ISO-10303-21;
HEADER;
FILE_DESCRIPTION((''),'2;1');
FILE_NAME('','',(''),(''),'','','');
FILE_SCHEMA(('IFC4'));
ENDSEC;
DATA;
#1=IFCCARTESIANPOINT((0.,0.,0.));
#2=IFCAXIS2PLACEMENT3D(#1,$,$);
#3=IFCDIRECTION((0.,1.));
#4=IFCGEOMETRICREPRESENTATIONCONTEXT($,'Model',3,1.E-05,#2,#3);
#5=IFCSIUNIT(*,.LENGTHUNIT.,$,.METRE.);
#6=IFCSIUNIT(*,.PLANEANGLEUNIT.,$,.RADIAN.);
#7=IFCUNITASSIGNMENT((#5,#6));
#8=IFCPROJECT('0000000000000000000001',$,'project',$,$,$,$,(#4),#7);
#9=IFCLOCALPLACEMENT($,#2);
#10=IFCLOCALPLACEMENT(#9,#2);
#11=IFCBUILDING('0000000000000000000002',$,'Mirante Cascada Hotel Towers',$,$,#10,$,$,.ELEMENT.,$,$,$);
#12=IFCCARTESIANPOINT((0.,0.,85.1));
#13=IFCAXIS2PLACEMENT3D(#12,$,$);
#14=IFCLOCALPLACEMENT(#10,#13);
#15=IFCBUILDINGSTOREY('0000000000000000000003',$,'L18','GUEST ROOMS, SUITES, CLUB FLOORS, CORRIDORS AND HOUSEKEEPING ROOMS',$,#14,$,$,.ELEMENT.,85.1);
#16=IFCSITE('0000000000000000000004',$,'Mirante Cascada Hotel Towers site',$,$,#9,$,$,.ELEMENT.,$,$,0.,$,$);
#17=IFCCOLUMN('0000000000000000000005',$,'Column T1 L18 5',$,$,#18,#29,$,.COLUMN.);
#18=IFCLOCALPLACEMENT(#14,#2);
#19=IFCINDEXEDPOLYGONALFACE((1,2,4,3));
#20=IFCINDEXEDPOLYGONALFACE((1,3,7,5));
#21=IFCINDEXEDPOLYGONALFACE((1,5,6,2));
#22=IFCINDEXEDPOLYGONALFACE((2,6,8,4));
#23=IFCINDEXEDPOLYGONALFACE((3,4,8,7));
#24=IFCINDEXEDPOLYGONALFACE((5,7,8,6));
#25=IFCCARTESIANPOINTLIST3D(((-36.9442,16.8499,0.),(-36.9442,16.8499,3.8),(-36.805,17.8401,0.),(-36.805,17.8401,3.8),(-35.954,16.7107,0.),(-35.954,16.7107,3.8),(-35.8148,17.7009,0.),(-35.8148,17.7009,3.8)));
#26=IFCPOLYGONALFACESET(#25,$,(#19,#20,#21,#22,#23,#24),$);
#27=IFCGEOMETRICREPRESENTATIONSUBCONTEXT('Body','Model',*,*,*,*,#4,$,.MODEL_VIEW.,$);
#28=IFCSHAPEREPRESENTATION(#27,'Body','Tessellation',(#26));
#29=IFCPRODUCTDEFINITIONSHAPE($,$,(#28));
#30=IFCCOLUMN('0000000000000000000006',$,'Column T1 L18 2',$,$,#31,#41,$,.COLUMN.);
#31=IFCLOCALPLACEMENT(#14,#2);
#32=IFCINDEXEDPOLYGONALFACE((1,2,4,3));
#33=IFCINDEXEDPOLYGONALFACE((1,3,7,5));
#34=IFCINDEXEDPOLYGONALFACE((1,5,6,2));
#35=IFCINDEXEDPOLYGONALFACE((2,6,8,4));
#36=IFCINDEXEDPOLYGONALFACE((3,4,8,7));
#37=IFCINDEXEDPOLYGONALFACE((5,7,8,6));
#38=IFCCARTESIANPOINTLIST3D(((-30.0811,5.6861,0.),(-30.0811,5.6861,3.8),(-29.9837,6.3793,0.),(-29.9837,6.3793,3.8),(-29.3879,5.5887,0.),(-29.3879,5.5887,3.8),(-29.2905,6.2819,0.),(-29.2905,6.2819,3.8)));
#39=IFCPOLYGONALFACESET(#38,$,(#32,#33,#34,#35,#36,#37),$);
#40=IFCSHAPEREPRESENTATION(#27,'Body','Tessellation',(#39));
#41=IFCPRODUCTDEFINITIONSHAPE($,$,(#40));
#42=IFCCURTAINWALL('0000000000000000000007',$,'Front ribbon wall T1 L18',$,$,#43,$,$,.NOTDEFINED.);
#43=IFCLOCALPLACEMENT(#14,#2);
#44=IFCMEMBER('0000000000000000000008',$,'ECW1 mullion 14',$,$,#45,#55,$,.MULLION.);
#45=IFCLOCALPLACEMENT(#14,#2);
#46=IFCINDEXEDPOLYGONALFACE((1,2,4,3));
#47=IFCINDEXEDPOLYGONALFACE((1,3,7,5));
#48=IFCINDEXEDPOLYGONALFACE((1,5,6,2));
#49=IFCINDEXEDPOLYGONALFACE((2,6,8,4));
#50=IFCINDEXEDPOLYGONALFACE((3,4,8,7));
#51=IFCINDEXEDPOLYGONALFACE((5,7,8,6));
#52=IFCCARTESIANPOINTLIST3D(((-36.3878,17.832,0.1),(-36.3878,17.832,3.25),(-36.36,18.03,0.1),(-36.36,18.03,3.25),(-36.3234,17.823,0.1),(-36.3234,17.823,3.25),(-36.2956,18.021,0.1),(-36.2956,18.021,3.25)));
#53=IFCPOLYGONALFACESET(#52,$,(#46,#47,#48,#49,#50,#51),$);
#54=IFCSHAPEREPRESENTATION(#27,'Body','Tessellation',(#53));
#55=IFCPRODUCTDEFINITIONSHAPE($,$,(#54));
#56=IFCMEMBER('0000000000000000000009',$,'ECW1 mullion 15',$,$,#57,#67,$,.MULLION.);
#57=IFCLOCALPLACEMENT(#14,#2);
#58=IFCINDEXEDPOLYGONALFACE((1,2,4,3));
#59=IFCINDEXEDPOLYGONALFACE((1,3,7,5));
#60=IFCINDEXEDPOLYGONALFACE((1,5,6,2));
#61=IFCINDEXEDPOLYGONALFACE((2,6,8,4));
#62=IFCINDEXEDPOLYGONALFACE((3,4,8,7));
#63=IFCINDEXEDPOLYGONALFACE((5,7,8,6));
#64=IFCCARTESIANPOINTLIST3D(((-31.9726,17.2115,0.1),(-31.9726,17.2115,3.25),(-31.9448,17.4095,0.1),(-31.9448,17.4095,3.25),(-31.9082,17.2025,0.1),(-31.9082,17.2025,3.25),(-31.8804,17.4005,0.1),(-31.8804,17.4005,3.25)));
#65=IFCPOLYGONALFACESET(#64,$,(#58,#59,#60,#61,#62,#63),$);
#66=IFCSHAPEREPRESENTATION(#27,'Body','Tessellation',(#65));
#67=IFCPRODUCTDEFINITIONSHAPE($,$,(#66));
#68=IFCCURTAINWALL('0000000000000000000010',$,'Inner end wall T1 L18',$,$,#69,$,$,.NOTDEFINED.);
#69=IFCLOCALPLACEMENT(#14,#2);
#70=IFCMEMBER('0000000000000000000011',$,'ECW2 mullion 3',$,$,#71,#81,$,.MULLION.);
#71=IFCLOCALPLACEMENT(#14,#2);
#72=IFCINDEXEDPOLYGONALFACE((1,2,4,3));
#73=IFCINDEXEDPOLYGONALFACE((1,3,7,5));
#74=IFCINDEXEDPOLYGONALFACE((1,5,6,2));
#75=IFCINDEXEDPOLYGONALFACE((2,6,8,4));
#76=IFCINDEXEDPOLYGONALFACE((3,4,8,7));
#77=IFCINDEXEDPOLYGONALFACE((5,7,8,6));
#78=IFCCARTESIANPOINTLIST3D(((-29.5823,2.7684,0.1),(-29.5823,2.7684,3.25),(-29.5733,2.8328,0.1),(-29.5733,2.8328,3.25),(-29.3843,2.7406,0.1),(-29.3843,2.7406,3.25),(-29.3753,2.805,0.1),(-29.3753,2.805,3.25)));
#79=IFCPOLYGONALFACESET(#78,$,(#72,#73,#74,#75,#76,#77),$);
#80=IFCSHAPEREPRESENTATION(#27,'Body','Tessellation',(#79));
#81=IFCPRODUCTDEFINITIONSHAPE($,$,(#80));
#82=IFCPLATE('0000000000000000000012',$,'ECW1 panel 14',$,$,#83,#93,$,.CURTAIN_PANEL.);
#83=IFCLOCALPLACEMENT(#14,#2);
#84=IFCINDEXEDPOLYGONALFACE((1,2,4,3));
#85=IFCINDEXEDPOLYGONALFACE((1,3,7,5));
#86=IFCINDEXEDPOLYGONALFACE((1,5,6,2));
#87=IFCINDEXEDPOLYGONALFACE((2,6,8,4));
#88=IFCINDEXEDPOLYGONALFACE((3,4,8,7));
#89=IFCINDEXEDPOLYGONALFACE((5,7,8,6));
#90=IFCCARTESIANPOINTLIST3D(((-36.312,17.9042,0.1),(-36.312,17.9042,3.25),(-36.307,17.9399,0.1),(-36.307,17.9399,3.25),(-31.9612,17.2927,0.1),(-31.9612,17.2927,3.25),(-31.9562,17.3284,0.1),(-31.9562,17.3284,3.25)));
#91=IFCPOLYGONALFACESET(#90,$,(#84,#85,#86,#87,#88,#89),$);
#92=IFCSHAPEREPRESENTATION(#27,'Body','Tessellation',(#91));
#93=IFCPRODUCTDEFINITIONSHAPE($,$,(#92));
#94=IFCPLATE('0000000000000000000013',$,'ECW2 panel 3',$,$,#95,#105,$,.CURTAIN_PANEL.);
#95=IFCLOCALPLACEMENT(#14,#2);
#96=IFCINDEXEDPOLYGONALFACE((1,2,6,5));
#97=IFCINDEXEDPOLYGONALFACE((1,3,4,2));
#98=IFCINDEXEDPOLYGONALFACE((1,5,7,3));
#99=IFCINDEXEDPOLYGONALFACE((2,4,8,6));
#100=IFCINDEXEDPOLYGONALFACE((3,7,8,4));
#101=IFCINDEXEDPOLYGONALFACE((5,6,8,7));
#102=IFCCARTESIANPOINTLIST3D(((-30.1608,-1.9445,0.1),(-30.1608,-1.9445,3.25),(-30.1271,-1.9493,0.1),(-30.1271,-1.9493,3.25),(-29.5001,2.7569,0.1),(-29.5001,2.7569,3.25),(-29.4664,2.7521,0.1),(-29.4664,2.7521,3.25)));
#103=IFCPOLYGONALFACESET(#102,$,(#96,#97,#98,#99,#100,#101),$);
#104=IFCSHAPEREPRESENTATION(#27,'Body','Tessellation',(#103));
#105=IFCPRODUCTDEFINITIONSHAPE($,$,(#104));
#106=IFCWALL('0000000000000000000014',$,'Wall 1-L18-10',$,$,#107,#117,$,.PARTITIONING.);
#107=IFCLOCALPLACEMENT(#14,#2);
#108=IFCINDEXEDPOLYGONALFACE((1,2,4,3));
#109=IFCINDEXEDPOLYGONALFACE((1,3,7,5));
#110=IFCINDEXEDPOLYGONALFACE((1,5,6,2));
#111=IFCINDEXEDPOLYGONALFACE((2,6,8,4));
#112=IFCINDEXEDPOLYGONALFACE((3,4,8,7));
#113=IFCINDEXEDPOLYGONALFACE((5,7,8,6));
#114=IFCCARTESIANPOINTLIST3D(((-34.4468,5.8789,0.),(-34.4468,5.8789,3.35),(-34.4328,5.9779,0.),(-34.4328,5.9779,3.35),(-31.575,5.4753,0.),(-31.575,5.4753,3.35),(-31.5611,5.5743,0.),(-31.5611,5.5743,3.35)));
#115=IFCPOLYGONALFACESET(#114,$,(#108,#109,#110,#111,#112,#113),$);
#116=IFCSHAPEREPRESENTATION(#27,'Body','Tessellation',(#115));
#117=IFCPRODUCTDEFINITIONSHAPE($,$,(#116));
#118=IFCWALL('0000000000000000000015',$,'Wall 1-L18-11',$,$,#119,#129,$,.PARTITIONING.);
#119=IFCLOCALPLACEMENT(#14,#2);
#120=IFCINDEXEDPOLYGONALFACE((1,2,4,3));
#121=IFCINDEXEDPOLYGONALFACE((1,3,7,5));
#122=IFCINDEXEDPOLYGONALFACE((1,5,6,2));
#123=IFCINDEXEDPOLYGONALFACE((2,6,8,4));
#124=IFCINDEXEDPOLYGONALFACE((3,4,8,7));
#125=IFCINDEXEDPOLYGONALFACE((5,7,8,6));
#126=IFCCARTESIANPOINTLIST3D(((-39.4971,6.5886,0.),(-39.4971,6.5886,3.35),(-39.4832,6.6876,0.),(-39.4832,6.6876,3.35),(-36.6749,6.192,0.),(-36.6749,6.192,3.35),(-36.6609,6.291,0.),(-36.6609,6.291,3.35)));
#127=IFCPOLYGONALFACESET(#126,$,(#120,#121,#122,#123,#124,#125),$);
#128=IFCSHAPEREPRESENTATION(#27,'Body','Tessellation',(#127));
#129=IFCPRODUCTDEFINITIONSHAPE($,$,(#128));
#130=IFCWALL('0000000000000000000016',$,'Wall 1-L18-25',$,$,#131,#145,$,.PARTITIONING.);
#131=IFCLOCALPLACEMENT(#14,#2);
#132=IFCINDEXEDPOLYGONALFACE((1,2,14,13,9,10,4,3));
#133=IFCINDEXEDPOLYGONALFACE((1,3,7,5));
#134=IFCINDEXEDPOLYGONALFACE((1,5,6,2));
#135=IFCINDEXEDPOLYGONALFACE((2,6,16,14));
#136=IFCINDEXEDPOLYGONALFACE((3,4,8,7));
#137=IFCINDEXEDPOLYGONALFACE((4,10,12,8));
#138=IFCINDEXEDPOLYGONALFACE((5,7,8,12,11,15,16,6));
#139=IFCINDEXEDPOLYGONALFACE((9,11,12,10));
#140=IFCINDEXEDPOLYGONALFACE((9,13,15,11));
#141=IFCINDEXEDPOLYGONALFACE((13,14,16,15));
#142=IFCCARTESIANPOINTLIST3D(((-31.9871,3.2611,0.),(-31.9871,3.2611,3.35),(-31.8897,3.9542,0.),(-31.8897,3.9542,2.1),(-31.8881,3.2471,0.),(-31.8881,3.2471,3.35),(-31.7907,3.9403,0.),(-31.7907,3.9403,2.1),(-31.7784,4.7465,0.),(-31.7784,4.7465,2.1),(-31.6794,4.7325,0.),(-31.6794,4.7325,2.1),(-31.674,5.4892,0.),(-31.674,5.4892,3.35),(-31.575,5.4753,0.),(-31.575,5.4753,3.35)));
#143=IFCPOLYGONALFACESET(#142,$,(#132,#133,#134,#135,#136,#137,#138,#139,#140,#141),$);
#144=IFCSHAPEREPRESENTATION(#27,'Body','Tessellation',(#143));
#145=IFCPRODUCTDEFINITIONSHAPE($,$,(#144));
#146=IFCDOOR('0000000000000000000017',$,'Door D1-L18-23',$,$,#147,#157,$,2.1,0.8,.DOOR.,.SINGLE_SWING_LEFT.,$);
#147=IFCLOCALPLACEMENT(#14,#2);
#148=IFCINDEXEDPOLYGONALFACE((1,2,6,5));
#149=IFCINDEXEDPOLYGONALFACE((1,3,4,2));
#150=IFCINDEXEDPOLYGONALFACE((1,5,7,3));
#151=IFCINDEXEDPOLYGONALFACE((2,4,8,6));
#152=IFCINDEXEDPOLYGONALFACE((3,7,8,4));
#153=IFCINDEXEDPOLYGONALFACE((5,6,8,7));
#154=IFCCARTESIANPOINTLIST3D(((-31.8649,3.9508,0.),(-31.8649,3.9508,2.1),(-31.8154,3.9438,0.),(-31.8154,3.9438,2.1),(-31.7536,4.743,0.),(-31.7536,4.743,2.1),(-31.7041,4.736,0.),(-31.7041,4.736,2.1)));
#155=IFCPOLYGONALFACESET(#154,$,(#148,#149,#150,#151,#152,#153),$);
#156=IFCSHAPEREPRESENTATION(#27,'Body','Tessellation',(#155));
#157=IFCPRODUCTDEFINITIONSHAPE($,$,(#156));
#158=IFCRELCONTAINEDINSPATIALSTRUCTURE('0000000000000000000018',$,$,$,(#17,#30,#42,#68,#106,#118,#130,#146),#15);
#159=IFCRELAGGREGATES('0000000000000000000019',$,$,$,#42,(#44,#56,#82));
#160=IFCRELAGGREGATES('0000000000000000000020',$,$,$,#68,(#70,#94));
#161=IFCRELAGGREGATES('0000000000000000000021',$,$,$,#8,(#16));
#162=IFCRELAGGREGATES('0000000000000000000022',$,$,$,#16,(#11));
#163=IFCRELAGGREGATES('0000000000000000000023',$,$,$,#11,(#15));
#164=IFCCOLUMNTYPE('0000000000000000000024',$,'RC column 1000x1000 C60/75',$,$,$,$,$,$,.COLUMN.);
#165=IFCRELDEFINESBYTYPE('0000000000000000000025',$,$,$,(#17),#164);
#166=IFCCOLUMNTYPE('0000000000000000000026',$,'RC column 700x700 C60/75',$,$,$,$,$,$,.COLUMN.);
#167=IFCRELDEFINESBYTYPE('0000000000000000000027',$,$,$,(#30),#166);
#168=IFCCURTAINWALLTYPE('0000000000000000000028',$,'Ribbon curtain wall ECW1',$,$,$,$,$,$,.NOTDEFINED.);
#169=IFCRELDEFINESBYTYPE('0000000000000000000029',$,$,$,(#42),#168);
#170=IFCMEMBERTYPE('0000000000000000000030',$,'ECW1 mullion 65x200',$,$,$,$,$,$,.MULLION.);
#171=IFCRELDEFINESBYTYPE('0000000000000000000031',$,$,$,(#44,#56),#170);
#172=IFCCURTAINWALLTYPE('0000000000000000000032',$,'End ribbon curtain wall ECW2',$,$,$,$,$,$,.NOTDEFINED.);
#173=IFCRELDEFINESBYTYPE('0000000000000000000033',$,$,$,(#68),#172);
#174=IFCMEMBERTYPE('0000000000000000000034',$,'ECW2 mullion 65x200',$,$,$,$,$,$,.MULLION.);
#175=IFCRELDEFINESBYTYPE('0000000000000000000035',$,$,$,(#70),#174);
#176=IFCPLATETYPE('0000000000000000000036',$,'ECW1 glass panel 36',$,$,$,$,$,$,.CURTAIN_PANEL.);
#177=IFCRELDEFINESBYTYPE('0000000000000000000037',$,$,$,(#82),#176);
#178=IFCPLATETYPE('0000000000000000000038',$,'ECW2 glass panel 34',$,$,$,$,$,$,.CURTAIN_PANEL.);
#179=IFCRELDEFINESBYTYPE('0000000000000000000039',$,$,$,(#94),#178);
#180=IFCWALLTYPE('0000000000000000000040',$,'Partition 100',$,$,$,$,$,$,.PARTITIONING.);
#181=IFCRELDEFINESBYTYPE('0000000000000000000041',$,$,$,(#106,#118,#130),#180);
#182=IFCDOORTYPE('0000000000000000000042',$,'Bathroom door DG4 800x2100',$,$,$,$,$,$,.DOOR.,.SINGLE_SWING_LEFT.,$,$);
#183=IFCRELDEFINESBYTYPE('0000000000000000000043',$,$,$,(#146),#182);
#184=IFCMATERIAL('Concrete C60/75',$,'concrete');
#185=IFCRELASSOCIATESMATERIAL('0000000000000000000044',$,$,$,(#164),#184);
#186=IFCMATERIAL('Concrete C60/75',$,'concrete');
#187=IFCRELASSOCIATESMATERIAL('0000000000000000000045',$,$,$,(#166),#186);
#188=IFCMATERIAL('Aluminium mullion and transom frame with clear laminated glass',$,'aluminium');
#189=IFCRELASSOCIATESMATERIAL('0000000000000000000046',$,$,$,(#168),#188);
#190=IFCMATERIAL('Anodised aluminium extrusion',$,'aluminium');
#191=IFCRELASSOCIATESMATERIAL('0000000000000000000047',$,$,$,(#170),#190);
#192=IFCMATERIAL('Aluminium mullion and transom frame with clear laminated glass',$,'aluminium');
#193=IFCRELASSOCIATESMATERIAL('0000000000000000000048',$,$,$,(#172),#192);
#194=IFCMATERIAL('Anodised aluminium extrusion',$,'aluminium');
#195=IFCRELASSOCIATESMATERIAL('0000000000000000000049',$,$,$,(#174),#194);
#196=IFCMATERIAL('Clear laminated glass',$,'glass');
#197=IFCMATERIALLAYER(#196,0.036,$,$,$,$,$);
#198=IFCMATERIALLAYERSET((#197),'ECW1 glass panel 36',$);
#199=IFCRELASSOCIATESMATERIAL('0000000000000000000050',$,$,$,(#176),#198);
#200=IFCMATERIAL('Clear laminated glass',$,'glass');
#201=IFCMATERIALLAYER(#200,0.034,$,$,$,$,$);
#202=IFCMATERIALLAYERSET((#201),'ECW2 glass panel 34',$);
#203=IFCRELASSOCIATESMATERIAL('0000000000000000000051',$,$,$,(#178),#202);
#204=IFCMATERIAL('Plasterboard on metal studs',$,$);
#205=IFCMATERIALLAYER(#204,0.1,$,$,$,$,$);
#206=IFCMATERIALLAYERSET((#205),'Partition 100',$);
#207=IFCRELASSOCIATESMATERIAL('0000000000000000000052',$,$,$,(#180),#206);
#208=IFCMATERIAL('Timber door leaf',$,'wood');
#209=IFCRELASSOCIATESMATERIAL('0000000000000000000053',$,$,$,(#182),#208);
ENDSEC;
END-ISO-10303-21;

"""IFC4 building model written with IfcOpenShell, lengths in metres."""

from ifc_helpers import new_model, si_unit, direction, frame, frame_2d, origin, origin_2d, place, context, subcontext, project, spatial, rectangle, extrude, material, layer, layer_set, material_profile, profile_set, type_object, element, fill, aggregate, save


model = new_model("IFC4")

# Units and contexts
model_context = context("Model", 3, precision=1e-05, world=origin(), true_north=direction((0.0, 1.0)))
body_context = subcontext(model_context, "Body", "Model", "MODEL_VIEW")
ifc_project = project(units=[si_unit("LENGTHUNIT", "METRE"), si_unit("PLANEANGLEUNIT", "RADIAN")], contexts=[model_context])

# Site, building, storey
site_placement = place(None, origin())
site = spatial("IfcSite", under=ifc_project, at=site_placement, Name="Mirante Cascada Hotel Towers site", CompositionType="ELEMENT", RefElevation=0.0)
building_placement = place(site_placement, origin())
building = spatial("IfcBuilding", under=site, at=building_placement, Name="Mirante Cascada Hotel Towers", CompositionType="ELEMENT")
storey_placement = place(building_placement, frame((0.0, 0.0, 85.1)))
storey = spatial("IfcBuildingStorey", under=building, at=storey_placement, Name="L18", Description="GUEST ROOMS, SUITES, CLUB FLOORS, CORRIDORS AND HOUSEKEEPING ROOMS", CompositionType="ELEMENT", Elevation=85.1)

# Columns
ifc_material_1 = material(Name="Concrete C60/75", Category="concrete")
ifc_material_profile_1 = material_profile(ifc_material_1, rectangle(XDim=1.0, YDim=1.0, at=origin_2d()), Name="RC column 1000x1000 C60/75")
ifc_profile_set_1 = profile_set([ifc_material_profile_1], Name="Concrete C60/75")
column_type_1 = type_object("IfcColumnType", Name="RC column 1000x1000 C60/75", PredefinedType="COLUMN", material=ifc_profile_set_1)
column_1_placement = place(storey_placement, frame((-36.3795, 17.2754, 0.0), z_axis=(0.0, 0.0, 1.0), x_axis=(-0.990268, 0.139173, 0.0)))
element("IfcColumn", 1, at=column_1_placement, inside=storey, type_object=column_type_1, Name="Column T1 L18 5", PredefinedType="COLUMN", context=body_context, shape_type="SweptSolid", body=[
    extrude(rectangle(XDim=1.0, YDim=1.0, at=origin_2d()), origin(), (0.0, 0.0, 1.0), 3.8),
])
ifc_material_2 = material(Name="Concrete C60/75", Category="concrete")
ifc_material_profile_2 = material_profile(ifc_material_2, rectangle(XDim=0.7, YDim=0.7, at=origin_2d()), Name="RC column 700x700 C60/75")
ifc_profile_set_2 = profile_set([ifc_material_profile_2], Name="Concrete C60/75")
column_type_2 = type_object("IfcColumnType", Name="RC column 700x700 C60/75", PredefinedType="COLUMN", material=ifc_profile_set_2)
column_2_placement = place(storey_placement, frame((-29.6858, 5.984, 0.0), z_axis=(0.0, 0.0, 1.0), x_axis=(-0.990268, 0.139173, 0.0)))
element("IfcColumn", 2, at=column_2_placement, inside=storey, type_object=column_type_2, Name="Column T1 L18 2", PredefinedType="COLUMN", context=body_context, shape_type="SweptSolid", body=[
    extrude(rectangle(XDim=0.7, YDim=0.7, at=origin_2d()), origin(), (0.0, 0.0, 1.0), 3.8),
])

# Curtain wall, members
ifc_material_3 = material(Name="Aluminium mullion and transom frame with clear laminated glass", Category="aluminium")
curtain_wall_type_1 = type_object("IfcCurtainWallType", Name="Ribbon curtain wall ECW1", PredefinedType="NOTDEFINED", material=ifc_material_3)
curtain_wall_1_placement = place(storey_placement, origin())
curtain_wall_1 = element("IfcCurtainWall", 3, at=curtain_wall_1_placement, inside=storey, type_object=curtain_wall_type_1, Name="Front ribbon wall T1 L18", PredefinedType="NOTDEFINED")
ifc_material_4 = material(Name="Anodised aluminium extrusion", Category="aluminium")
ifc_material_profile_3 = material_profile(ifc_material_4, rectangle(XDim=0.2, YDim=0.065, at=origin_2d()), Name="ECW1 MULLION 65x200")
ifc_profile_set_3 = profile_set([ifc_material_profile_3], Name="Anodised aluminium extrusion")
member_type_1 = type_object("IfcMemberType", Name="ECW1 mullion 65x200", PredefinedType="MULLION", material=ifc_profile_set_3)
member_1_placement = place(storey_placement, frame((-36.3417, 17.9265, 0.1), z_axis=(0.0, 0.0, 1.0), x_axis=(0.139173, 0.990268, 0.0)))
member_1 = element("IfcMember", 4, at=member_1_placement, type_object=member_type_1, Name="ECW1 mullion 14", PredefinedType="MULLION", context=body_context, shape_type="SweptSolid", body=[
    extrude(rectangle(XDim=0.2, YDim=0.065, at=origin_2d()), origin(), (0.0, 0.0, 1.0), 3.15),
])
member_2_placement = place(storey_placement, frame((-31.9265, 17.306, 0.1), z_axis=(0.0, 0.0, 1.0), x_axis=(0.139173, 0.990268, 0.0)))
member_2 = element("IfcMember", 5, at=member_2_placement, type_object=member_type_1, Name="ECW1 mullion 15", PredefinedType="MULLION", context=body_context, shape_type="SweptSolid", body=[
    extrude(rectangle(XDim=0.2, YDim=0.065, at=origin_2d()), origin(), (0.0, 0.0, 1.0), 3.15),
])

# Curtain wall, member
ifc_material_5 = material(Name="Aluminium mullion and transom frame with clear laminated glass", Category="aluminium")
curtain_wall_type_2 = type_object("IfcCurtainWallType", Name="End ribbon curtain wall ECW2", PredefinedType="NOTDEFINED", material=ifc_material_5)
curtain_wall_2_placement = place(storey_placement, origin())
curtain_wall_2 = element("IfcCurtainWall", 6, at=curtain_wall_2_placement, inside=storey, type_object=curtain_wall_type_2, Name="Inner end wall T1 L18", PredefinedType="NOTDEFINED")
ifc_material_6 = material(Name="Anodised aluminium extrusion", Category="aluminium")
ifc_material_profile_4 = material_profile(ifc_material_6, rectangle(XDim=0.2, YDim=0.065, at=origin_2d()), Name="ECW2 MULLION 65x200")
ifc_profile_set_4 = profile_set([ifc_material_profile_4], Name="Anodised aluminium extrusion")
member_type_2 = type_object("IfcMemberType", Name="ECW2 mullion 65x200", PredefinedType="MULLION", material=ifc_profile_set_4)
member_3_placement = place(storey_placement, frame((-29.4788, 2.7867, 0.1), z_axis=(0.0, 0.0, 1.0), x_axis=(0.990268, -0.139173, 0.0)))
member_3 = element("IfcMember", 7, at=member_3_placement, type_object=member_type_2, Name="ECW2 mullion 3", PredefinedType="MULLION", context=body_context, shape_type="SweptSolid", body=[
    extrude(rectangle(XDim=0.2, YDim=0.065, at=origin_2d()), origin(), (0.0, 0.0, 1.0), 3.15),
])

# Plates
ifc_material_7 = material(Name="Clear laminated glass", Category="glass")
ifc_layer_1 = layer(ifc_material_7, 0.036)
ifc_layer_set_1 = layer_set([ifc_layer_1], Name="ECW1 glass panel 36")
plate_type_1 = type_object("IfcPlateType", Name="ECW1 glass panel 36", PredefinedType="CURTAIN_PANEL", material=ifc_layer_set_1)
plate_1_placement = place(storey_placement, frame((-34.1341, 17.6163, 0.1), z_axis=(0.0, 0.0, 1.0), x_axis=(0.990268, -0.139173, 0.0)))
plate_1 = element("IfcPlate", 8, at=plate_1_placement, type_object=plate_type_1, Name="ECW1 panel 14", PredefinedType="CURTAIN_PANEL", context=body_context, shape_type="SweptSolid", body=[
    extrude(rectangle(XDim=4.3936, YDim=0.036, at=origin_2d()), origin(), (0.0, 0.0, 1.0), 3.15),
])
aggregate(curtain_wall_1, [member_1, member_2, plate_1])
ifc_material_8 = material(Name="Clear laminated glass", Category="glass")
ifc_layer_2 = layer(ifc_material_8, 0.034)
ifc_layer_set_2 = layer_set([ifc_layer_2], Name="ECW2 glass panel 34")
plate_type_2 = type_object("IfcPlateType", Name="ECW2 glass panel 34", PredefinedType="CURTAIN_PANEL", material=ifc_layer_set_2)
plate_2_placement = place(storey_placement, frame((-29.8136, 0.4038, 0.1), z_axis=(0.0, 0.0, 1.0), x_axis=(-0.139173, -0.990268, 0.0)))
plate_2 = element("IfcPlate", 9, at=plate_2_placement, type_object=plate_type_2, Name="ECW2 panel 3", PredefinedType="CURTAIN_PANEL", context=body_context, shape_type="SweptSolid", body=[
    extrude(rectangle(XDim=4.7476, YDim=0.034, at=origin_2d()), origin(), (0.0, 0.0, 1.0), 3.15),
])
aggregate(curtain_wall_2, [member_3, plate_2])

# Walls
ifc_material_9 = material(Name="Plasterboard on metal studs")
ifc_layer_3 = layer(ifc_material_9, 0.1)
ifc_layer_set_3 = layer_set([ifc_layer_3], Name="Partition 100")
wall_type_1 = type_object("IfcWallType", Name="Partition 100", PredefinedType="PARTITIONING", material=ifc_layer_set_3)
wall_1_placement = place(storey_placement, frame((-34.4398, 5.9284, 0.0), z_axis=(0.0, 0.0, 1.0), x_axis=(0.990268, -0.139171, 0.0)))
element("IfcWall", 10, at=wall_1_placement, inside=storey, type_object=wall_type_1, Name="Wall 1-L18-10", PredefinedType="PARTITIONING", context=body_context, shape_type="SweptSolid", body=[
    extrude(rectangle(XDim=2.9, YDim=0.1, at=frame_2d((1.45, 0.0))), origin(), (0.0, 0.0, 1.0), 3.35),
])
wall_2_placement = place(storey_placement, frame((-36.6679, 6.2415, 0.0), z_axis=(0.0, 0.0, 1.0), x_axis=(-0.99027, 0.139156, 0.0)))
element("IfcWall", 11, at=wall_2_placement, inside=storey, type_object=wall_type_1, Name="Wall 1-L18-11", PredefinedType="PARTITIONING", context=body_context, shape_type="SweptSolid", body=[
    extrude(rectangle(XDim=2.85, YDim=0.1, at=frame_2d((1.425, 0.0))), origin(), (0.0, 0.0, 1.0), 3.35),
])

# Wall, opening, door
wall_3_placement = place(storey_placement, frame((-31.9376, 3.2541, 0.0), z_axis=(0.0, 0.0, 1.0), x_axis=(0.139156, 0.990271, 0.0)))
wall_3 = element("IfcWall", 12, at=wall_3_placement, inside=storey, type_object=wall_type_1, Name="Wall 1-L18-25", PredefinedType="PARTITIONING", context=body_context, shape_type="SweptSolid", body=[
    extrude(rectangle(XDim=2.25, YDim=0.1, at=frame_2d((1.125, 0.0))), origin(), (0.0, 0.0, 1.0), 3.35),
])
opening_1_placement = place(wall_3_placement, frame((0.7, 0.0, 0.0)))
opening_1 = element("IfcOpeningElement", 13, at=opening_1_placement, cuts=wall_3, PredefinedType="OPENING", context=body_context, shape_type="SweptSolid", body=[
    extrude(rectangle(XDim=0.8, YDim=2.1, at=frame_2d((0.4, 1.05))), frame((0.0, 0.05, 0.0), z_axis=(0.0, -1.0, 0.0), x_axis=(1.0, 0.0, 0.0)), (0.0, 0.0, 1.0), 0.1),
])
ifc_material_10 = material(Name="Timber door leaf", Category="wood")
door_type_1 = type_object("IfcDoorType", Name="Bathroom door DG4 800x2100", OperationType="SINGLE_SWING_LEFT", PredefinedType="DOOR", material=ifc_material_10)
door_1_placement = place(opening_1_placement, origin())
door_1 = element("IfcDoor", 14, at=door_1_placement, inside=storey, type_object=door_type_1, Name="Door D1-L18-23", OperationType="SINGLE_SWING_LEFT", OverallHeight=2.1, OverallWidth=0.8, PredefinedType="DOOR", context=body_context, shape_type="SweptSolid", body=[
    extrude(rectangle(XDim=0.8, YDim=2.1, at=frame_2d((0.4, 1.05))), frame((0.0, 0.025, 0.0), z_axis=(0.0, -1.0, 0.0), x_axis=(1.0, 0.0, 0.0)), (0.0, 0.0, 1.0), 0.05),
])
fill(opening_1, door_1)

save(model, "model.ifc")
